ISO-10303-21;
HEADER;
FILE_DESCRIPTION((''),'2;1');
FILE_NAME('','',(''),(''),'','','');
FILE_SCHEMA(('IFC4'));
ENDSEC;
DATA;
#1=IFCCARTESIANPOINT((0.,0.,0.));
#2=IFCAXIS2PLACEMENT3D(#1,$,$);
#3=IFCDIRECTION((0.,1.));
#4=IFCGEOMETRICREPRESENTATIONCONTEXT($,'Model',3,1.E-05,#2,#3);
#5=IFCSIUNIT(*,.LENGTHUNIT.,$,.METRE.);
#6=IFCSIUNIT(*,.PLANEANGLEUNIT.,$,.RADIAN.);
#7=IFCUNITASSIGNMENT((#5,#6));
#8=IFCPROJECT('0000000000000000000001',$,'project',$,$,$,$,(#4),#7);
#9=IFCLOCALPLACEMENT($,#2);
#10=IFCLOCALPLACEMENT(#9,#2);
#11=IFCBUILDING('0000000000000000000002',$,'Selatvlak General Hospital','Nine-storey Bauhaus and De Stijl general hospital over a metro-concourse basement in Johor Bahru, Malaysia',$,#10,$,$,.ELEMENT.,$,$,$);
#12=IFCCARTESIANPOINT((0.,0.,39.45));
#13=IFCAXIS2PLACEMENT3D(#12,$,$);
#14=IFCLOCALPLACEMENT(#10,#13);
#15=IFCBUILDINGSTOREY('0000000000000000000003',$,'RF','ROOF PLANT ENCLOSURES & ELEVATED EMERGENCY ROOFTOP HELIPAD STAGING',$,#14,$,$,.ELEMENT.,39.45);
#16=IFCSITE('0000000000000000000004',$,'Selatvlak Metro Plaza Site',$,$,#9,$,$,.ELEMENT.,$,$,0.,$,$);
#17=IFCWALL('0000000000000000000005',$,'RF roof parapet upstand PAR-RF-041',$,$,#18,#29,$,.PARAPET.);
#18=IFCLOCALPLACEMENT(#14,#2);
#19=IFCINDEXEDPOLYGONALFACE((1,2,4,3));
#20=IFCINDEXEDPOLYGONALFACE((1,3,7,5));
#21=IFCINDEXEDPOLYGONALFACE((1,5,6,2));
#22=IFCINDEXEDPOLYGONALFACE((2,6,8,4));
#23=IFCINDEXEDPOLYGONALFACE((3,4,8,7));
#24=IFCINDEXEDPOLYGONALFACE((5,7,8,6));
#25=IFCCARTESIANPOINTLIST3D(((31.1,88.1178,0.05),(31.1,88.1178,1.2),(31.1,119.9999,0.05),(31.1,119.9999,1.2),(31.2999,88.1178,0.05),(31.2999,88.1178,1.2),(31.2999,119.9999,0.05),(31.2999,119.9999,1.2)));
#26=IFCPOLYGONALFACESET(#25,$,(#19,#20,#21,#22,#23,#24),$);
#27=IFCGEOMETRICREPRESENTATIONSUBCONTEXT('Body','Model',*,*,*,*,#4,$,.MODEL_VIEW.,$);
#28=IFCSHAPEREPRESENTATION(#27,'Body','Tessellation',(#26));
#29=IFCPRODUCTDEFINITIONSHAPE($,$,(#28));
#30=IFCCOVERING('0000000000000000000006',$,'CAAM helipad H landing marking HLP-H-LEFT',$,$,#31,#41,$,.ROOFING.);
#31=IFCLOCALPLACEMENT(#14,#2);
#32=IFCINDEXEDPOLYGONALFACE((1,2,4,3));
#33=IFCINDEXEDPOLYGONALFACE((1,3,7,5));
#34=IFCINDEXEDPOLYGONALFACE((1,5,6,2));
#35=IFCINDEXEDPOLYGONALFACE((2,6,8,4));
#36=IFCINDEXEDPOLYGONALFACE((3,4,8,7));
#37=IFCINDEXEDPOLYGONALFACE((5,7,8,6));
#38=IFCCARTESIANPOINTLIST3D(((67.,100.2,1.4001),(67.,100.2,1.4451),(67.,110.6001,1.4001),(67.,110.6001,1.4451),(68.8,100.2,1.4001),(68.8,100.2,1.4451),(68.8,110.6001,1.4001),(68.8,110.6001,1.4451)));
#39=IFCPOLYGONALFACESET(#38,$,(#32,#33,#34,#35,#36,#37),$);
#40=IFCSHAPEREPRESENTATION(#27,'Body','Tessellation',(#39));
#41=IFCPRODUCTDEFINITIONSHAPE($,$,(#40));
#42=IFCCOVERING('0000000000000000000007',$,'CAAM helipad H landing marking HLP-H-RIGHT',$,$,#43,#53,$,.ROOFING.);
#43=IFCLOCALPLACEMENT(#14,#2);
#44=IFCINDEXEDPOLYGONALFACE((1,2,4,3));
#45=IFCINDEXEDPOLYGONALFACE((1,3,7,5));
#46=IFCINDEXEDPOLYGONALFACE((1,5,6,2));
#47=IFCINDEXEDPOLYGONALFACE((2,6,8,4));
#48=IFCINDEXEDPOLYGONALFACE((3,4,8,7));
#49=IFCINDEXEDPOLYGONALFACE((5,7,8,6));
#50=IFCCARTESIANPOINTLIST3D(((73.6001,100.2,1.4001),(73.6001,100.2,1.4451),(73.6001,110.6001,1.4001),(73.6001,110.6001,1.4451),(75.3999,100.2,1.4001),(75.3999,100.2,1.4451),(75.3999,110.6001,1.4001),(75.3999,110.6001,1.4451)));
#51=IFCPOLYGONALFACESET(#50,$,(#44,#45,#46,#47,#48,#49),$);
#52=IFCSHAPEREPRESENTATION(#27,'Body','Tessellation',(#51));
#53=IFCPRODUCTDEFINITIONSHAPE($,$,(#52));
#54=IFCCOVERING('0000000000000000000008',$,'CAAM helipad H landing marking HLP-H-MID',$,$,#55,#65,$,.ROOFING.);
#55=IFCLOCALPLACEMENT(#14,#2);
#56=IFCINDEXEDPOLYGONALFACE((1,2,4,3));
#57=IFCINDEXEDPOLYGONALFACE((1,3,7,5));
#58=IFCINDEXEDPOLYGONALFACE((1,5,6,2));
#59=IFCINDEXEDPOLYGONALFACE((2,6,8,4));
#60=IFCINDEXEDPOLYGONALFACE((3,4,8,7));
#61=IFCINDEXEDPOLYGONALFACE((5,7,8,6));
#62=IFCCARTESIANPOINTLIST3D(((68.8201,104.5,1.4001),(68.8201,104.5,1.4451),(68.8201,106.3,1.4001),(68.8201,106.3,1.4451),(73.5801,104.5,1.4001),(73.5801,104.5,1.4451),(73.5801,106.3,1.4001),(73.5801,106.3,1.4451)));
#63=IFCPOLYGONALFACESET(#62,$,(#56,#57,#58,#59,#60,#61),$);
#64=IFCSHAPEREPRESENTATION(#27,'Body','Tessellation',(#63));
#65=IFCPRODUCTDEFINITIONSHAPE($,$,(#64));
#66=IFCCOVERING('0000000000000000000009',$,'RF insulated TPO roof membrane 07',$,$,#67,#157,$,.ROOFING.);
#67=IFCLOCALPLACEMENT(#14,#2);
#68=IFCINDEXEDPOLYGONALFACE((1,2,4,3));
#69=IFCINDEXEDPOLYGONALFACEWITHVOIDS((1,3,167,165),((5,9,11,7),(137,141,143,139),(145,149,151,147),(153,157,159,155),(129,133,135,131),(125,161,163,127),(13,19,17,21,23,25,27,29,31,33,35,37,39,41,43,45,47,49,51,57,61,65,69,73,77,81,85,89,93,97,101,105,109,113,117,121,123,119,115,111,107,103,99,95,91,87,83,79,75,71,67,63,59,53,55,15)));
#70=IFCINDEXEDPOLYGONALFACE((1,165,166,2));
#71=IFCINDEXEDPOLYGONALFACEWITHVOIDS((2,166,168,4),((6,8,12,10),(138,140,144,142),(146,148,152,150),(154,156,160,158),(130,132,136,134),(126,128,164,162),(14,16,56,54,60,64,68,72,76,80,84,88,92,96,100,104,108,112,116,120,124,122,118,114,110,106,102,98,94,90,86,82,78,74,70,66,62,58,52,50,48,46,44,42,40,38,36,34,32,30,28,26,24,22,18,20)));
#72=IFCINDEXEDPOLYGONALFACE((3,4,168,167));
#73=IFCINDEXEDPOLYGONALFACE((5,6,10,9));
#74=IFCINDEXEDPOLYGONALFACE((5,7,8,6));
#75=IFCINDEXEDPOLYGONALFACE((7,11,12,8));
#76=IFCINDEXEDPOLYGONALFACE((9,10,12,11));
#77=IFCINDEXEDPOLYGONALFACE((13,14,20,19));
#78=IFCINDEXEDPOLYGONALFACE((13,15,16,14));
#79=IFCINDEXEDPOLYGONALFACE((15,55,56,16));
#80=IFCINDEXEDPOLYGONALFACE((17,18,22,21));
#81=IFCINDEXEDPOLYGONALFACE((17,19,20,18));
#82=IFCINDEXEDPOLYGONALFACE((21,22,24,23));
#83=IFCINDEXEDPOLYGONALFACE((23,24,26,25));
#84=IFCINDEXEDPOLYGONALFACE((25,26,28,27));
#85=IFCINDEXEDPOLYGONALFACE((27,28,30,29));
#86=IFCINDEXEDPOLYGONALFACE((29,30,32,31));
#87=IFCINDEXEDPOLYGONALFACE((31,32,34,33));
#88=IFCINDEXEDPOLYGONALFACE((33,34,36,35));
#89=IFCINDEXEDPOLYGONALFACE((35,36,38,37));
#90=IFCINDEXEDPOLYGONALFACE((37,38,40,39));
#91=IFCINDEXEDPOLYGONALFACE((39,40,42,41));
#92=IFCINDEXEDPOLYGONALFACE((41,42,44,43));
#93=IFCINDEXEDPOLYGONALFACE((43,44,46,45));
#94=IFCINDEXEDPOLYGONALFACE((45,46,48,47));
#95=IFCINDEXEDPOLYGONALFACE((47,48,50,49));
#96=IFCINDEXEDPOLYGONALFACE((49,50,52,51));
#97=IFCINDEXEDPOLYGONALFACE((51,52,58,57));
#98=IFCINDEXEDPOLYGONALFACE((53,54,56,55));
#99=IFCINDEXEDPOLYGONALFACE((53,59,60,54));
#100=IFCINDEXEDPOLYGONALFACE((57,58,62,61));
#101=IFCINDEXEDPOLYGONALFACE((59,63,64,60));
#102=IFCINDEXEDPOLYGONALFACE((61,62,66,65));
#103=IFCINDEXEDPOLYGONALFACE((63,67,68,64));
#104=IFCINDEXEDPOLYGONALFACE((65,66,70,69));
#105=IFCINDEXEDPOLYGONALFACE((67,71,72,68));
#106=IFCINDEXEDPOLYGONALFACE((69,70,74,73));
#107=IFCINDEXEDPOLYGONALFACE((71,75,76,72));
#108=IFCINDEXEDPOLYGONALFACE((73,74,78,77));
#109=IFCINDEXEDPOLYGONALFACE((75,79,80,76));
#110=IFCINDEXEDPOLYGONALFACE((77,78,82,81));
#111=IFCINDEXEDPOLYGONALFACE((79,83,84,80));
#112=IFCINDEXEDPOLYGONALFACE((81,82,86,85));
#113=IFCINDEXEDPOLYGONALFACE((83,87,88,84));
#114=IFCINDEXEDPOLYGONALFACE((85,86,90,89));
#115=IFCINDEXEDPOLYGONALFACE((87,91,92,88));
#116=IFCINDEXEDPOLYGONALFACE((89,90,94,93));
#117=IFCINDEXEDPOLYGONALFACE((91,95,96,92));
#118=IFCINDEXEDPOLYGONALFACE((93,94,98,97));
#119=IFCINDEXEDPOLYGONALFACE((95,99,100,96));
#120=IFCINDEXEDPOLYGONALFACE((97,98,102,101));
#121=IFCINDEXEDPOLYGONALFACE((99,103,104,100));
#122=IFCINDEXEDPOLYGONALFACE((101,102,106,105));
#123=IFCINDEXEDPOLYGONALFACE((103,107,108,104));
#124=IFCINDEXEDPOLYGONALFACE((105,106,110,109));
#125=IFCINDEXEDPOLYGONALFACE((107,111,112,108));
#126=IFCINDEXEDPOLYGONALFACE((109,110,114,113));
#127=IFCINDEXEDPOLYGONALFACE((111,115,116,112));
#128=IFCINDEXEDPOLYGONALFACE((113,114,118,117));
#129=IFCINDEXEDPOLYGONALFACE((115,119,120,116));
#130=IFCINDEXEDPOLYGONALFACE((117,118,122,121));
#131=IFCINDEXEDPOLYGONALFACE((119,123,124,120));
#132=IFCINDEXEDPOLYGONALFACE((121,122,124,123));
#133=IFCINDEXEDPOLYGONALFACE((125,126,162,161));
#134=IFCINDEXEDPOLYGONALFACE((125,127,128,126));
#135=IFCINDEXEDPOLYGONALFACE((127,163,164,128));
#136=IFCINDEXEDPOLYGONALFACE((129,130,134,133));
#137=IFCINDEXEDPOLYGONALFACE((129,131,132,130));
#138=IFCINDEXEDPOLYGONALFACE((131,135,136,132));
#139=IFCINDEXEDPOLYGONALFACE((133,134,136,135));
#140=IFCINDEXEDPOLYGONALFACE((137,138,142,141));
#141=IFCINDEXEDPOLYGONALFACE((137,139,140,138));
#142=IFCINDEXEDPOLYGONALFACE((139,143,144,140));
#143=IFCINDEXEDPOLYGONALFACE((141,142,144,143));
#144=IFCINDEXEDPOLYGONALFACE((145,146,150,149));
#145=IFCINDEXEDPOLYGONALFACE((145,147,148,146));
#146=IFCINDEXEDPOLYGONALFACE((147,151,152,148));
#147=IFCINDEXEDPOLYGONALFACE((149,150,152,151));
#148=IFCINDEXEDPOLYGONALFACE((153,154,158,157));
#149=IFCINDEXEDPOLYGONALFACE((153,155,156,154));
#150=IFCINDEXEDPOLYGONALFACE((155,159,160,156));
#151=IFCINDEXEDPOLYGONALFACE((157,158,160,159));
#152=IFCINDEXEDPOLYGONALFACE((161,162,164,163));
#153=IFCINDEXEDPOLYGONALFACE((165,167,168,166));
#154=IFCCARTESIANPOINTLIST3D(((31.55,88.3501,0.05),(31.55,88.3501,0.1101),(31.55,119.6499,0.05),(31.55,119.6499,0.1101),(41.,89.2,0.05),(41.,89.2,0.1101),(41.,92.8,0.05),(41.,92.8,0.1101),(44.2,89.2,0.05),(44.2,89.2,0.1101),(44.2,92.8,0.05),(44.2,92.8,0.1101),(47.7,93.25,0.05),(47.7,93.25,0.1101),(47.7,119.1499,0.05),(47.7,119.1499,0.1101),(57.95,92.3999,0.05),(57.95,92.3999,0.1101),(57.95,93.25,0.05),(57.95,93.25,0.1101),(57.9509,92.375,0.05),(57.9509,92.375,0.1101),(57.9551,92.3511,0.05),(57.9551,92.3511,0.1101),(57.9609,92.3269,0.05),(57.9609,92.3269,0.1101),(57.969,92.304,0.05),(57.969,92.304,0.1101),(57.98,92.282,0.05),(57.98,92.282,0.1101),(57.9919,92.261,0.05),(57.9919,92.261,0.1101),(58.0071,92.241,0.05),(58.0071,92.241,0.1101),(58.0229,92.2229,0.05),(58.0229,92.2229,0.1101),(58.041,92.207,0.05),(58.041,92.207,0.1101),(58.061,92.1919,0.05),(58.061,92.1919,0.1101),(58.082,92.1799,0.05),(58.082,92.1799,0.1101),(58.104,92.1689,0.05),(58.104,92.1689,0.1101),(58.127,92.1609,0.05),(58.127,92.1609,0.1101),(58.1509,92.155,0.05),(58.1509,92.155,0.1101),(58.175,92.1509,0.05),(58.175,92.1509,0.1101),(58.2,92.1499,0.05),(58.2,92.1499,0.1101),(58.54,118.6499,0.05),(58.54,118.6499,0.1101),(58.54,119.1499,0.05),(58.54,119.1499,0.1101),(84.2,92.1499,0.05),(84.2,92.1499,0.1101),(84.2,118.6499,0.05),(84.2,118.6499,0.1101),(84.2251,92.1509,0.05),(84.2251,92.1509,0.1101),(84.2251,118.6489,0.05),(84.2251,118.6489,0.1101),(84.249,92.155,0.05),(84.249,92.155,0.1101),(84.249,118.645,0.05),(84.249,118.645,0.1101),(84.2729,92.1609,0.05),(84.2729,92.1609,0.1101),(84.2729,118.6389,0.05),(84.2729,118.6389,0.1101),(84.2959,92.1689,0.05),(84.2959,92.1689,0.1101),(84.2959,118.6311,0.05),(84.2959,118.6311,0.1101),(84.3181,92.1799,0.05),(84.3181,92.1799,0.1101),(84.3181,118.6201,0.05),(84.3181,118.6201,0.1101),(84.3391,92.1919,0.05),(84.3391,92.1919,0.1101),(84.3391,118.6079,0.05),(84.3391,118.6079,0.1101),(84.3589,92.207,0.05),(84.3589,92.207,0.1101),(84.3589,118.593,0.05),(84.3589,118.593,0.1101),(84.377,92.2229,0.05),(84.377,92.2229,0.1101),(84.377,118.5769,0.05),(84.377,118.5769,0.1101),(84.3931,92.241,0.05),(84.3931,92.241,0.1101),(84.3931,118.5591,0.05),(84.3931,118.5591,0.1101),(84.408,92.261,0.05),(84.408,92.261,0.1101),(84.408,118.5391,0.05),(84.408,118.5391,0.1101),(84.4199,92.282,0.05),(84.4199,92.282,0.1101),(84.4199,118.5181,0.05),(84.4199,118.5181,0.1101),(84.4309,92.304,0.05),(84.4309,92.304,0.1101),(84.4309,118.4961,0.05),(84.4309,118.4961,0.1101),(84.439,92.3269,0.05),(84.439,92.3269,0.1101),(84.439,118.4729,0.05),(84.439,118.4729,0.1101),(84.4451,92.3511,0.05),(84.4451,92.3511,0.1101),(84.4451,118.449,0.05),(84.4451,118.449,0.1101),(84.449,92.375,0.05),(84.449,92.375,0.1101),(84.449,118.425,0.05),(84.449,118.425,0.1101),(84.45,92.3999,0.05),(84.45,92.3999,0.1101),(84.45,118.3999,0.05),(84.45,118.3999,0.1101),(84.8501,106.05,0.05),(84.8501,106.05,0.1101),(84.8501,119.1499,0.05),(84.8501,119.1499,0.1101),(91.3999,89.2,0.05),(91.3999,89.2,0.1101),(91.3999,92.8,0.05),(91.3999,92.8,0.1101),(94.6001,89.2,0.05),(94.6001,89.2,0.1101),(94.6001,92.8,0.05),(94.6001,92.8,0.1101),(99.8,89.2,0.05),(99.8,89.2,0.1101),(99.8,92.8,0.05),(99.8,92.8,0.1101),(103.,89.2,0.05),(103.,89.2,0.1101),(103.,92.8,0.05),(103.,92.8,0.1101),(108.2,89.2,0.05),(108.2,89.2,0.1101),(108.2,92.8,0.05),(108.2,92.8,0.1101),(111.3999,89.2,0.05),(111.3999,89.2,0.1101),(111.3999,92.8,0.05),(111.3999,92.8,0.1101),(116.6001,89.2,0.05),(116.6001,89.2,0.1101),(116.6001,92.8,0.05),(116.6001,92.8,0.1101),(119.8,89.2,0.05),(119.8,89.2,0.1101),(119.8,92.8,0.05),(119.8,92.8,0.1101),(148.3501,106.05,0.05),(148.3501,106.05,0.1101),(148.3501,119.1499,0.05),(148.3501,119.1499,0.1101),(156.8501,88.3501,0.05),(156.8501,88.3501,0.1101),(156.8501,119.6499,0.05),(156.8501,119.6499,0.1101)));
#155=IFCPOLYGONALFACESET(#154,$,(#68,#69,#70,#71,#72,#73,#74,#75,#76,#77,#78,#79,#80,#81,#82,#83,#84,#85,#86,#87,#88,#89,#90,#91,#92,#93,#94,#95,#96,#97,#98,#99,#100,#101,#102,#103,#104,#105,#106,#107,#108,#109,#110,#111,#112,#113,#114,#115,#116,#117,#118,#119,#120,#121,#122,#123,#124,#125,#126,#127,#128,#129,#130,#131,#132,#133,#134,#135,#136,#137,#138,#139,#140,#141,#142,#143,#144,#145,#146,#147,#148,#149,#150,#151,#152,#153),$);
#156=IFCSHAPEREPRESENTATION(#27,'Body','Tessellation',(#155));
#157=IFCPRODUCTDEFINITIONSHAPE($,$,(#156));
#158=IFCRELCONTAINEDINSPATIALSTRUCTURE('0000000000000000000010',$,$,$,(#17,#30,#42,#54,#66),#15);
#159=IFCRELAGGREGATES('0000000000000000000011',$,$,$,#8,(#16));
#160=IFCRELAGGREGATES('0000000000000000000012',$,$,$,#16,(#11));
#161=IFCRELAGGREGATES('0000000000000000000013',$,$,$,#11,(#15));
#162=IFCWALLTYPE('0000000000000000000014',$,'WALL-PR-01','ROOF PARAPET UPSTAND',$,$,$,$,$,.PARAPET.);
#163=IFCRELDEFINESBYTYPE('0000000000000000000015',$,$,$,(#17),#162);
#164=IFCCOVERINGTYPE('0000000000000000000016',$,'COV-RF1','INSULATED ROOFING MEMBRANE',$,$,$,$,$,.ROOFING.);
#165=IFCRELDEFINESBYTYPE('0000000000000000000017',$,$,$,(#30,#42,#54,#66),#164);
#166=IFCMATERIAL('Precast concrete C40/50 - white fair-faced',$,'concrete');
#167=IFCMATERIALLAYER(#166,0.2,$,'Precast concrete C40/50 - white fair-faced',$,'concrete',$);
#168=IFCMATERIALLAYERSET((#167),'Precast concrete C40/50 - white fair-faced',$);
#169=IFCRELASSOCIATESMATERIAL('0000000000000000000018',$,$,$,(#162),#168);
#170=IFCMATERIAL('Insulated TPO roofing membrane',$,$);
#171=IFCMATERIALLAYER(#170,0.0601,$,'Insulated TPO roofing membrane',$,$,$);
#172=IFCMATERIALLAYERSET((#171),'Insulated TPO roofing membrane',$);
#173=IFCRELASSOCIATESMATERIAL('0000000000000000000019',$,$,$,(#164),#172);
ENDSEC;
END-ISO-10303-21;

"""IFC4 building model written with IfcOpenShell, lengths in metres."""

from ifc_helpers import new_model, si_unit, direction, frame, frame_2d, origin, place, context, subcontext, project, spatial, polyline, rectangle, outline, extrude, material, layer, layer_set, type_object, element, save


model = new_model("IFC4")

# Units and contexts
model_context = context("Model", 3, precision=1e-05, world=origin(), true_north=direction((0.0, 1.0)))
body_context = subcontext(model_context, "Body", "Model", "MODEL_VIEW")
ifc_project = project(units=[si_unit("LENGTHUNIT", "METRE"), si_unit("PLANEANGLEUNIT", "RADIAN")], contexts=[model_context])

# Site, building, storey
site_placement = place(None, origin())
site = spatial("IfcSite", under=ifc_project, at=site_placement, Name="Selatvlak Metro Plaza Site", CompositionType="ELEMENT", RefElevation=0.0)
building_placement = place(site_placement, origin())
building = spatial("IfcBuilding", under=site, at=building_placement, Name="Selatvlak General Hospital", Description="Nine-storey Bauhaus and De Stijl general hospital over a metro-concourse basement in Johor Bahru, Malaysia", CompositionType="ELEMENT")
storey_placement = place(building_placement, frame((0.0, 0.0, 39.45)))
storey = spatial("IfcBuildingStorey", under=building, at=storey_placement, Name="RF", Description="ROOF PLANT ENCLOSURES & ELEVATED EMERGENCY ROOFTOP HELIPAD STAGING", CompositionType="ELEMENT", Elevation=39.45)

# Wall
ifc_material_1 = material(Name="Precast concrete C40/50 - white fair-faced", Category="concrete")
ifc_layer_1 = layer(ifc_material_1, 0.2, Name="Precast concrete C40/50 - white fair-faced", Category="concrete")
ifc_layer_set_1 = layer_set([ifc_layer_1], Name="Precast concrete C40/50 - white fair-faced")
wall_type = type_object("IfcWallType", Name="WALL-PR-01", Description="ROOF PARAPET UPSTAND", PredefinedType="PARAPET", material=ifc_layer_set_1)
wall_placement = place(storey_placement, frame((31.2, 88.1179, 0.05), z_axis=(0.0, 0.0, 1.0), x_axis=(0.0, 1.0, 0.0)))
element("IfcWall", 1, at=wall_placement, inside=storey, type_object=wall_type, Name="RF roof parapet upstand PAR-RF-041", PredefinedType="PARAPET", context=body_context, shape_type="SweptSolid", body=[
    extrude(rectangle(XDim=31.8821, YDim=0.2, at=frame_2d((15.9409, 0.0))), origin(), (0.0, 0.0, 1.0), 1.1499),
])

# Coverings
ifc_material_2 = material(Name="Insulated TPO roofing membrane")
ifc_layer_2 = layer(ifc_material_2, 0.0601, Name="Insulated TPO roofing membrane")
ifc_layer_set_2 = layer_set([ifc_layer_2], Name="Insulated TPO roofing membrane")
covering_type = type_object("IfcCoveringType", Name="COV-RF1", Description="INSULATED ROOFING MEMBRANE", PredefinedType="ROOFING", material=ifc_layer_set_2)
covering_1_placement = place(storey_placement, frame((0.0, 0.0, 1.4001)))
element("IfcCovering", 2, at=covering_1_placement, inside=storey, type_object=covering_type, Name="CAAM helipad H landing marking HLP-H-LEFT", PredefinedType="ROOFING", context=body_context, shape_type="SweptSolid", body=[
    extrude(outline(polyline([(67.0, 100.2), (68.8, 100.2), (68.8, 110.6001), (67.0, 110.6001), (67.0, 100.2)])), origin(), (0.0, 0.0, 1.0), 0.0449),
])
covering_2_placement = place(storey_placement, frame((0.0, 0.0, 1.4001)))
element("IfcCovering", 3, at=covering_2_placement, inside=storey, type_object=covering_type, Name="CAAM helipad H landing marking HLP-H-RIGHT", PredefinedType="ROOFING", context=body_context, shape_type="SweptSolid", body=[
    extrude(outline(polyline([(73.6001, 100.2), (75.3999, 100.2), (75.3999, 110.6001), (73.6001, 110.6001), (73.6001, 100.2)])), origin(), (0.0, 0.0, 1.0), 0.0449),
])
covering_3_placement = place(storey_placement, frame((0.0, 0.0, 1.4001)))
element("IfcCovering", 4, at=covering_3_placement, inside=storey, type_object=covering_type, Name="CAAM helipad H landing marking HLP-H-MID", PredefinedType="ROOFING", context=body_context, shape_type="SweptSolid", body=[
    extrude(outline(polyline([(68.8201, 104.5), (73.5801, 104.5), (73.5801, 106.3), (68.8201, 106.3), (68.8201, 104.5)])), origin(), (0.0, 0.0, 1.0), 0.0449),
])
covering_4_placement = place(storey_placement, frame((0.0, 0.0, 0.05)))
element("IfcCovering", 5, at=covering_4_placement, inside=storey, type_object=covering_type, Name="RF insulated TPO roof membrane 07", PredefinedType="ROOFING", context=body_context, shape_type="SweptSolid", body=[
    extrude(outline(polyline([(156.8501, 88.3501), (31.55, 88.3501), (31.55, 119.6499), (156.8501, 119.6499), (156.8501, 88.3501)]), holes=[polyline([(44.2, 89.2), (44.2, 92.8), (41.0, 92.8), (41.0, 89.2), (44.2, 89.2)]), polyline([(91.3999, 89.2), (94.6001, 89.2), (94.6001, 92.8), (91.3999, 92.8), (91.3999, 89.2)]), polyline([(99.8, 92.8), (99.8, 89.2), (103.0, 89.2), (103.0, 92.8), (99.8, 92.8)]), polyline([(111.3999, 92.8), (108.2, 92.8), (108.2, 89.2), (111.3999, 89.2), (111.3999, 92.8)]), polyline([(119.8, 89.2), (119.8, 92.8), (116.6001, 92.8), (116.6001, 89.2), (119.8, 89.2)]), polyline([(47.7, 93.25), (57.95, 93.25), (57.95, 92.3999), (57.9509, 92.375), (57.9551, 92.3511), (57.9609, 92.3269), (57.969, 92.304), (57.98, 92.282), (57.9919, 92.261), (58.0071, 92.241), (58.0229, 92.2229), (58.041, 92.207), (58.061, 92.1919), (58.082, 92.1799), (58.104, 92.1689), (58.127, 92.1609), (58.1509, 92.155), (58.175, 92.1509), (58.2, 92.1499), (84.2, 92.1499), (84.2251, 92.1509), (84.249, 92.155), (84.2729, 92.1609), (84.2959, 92.1689), (84.3181, 92.1799), (84.3391, 92.1919), (84.3589, 92.207), (84.377, 92.2229), (84.3931, 92.241), (84.408, 92.261), (84.4199, 92.282), (84.4309, 92.304), (84.439, 92.3269), (84.4451, 92.3511), (84.449, 92.375), (84.45, 92.3999), (84.45, 118.3999), (84.449, 118.425), (84.4451, 118.449), (84.439, 118.4729), (84.4309, 118.4961), (84.4199, 118.5181), (84.408, 118.5391), (84.3931, 118.5591), (84.377, 118.5769), (84.3589, 118.593), (84.3391, 118.6079), (84.3181, 118.6201), (84.2959, 118.6311), (84.2729, 118.6389), (84.249, 118.645), (84.2251, 118.6489), (84.2, 118.6499), (58.54, 118.6499), (58.54, 119.1499), (47.7, 119.1499), (47.7, 93.25)]), polyline([(84.8501, 119.1499), (84.8501, 106.05), (148.3501, 106.05), (148.3501, 119.1499), (84.8501, 119.1499)])]), origin(), (0.0, 0.0, 1.0), 0.0601),
])

save(model, "model.ifc")
